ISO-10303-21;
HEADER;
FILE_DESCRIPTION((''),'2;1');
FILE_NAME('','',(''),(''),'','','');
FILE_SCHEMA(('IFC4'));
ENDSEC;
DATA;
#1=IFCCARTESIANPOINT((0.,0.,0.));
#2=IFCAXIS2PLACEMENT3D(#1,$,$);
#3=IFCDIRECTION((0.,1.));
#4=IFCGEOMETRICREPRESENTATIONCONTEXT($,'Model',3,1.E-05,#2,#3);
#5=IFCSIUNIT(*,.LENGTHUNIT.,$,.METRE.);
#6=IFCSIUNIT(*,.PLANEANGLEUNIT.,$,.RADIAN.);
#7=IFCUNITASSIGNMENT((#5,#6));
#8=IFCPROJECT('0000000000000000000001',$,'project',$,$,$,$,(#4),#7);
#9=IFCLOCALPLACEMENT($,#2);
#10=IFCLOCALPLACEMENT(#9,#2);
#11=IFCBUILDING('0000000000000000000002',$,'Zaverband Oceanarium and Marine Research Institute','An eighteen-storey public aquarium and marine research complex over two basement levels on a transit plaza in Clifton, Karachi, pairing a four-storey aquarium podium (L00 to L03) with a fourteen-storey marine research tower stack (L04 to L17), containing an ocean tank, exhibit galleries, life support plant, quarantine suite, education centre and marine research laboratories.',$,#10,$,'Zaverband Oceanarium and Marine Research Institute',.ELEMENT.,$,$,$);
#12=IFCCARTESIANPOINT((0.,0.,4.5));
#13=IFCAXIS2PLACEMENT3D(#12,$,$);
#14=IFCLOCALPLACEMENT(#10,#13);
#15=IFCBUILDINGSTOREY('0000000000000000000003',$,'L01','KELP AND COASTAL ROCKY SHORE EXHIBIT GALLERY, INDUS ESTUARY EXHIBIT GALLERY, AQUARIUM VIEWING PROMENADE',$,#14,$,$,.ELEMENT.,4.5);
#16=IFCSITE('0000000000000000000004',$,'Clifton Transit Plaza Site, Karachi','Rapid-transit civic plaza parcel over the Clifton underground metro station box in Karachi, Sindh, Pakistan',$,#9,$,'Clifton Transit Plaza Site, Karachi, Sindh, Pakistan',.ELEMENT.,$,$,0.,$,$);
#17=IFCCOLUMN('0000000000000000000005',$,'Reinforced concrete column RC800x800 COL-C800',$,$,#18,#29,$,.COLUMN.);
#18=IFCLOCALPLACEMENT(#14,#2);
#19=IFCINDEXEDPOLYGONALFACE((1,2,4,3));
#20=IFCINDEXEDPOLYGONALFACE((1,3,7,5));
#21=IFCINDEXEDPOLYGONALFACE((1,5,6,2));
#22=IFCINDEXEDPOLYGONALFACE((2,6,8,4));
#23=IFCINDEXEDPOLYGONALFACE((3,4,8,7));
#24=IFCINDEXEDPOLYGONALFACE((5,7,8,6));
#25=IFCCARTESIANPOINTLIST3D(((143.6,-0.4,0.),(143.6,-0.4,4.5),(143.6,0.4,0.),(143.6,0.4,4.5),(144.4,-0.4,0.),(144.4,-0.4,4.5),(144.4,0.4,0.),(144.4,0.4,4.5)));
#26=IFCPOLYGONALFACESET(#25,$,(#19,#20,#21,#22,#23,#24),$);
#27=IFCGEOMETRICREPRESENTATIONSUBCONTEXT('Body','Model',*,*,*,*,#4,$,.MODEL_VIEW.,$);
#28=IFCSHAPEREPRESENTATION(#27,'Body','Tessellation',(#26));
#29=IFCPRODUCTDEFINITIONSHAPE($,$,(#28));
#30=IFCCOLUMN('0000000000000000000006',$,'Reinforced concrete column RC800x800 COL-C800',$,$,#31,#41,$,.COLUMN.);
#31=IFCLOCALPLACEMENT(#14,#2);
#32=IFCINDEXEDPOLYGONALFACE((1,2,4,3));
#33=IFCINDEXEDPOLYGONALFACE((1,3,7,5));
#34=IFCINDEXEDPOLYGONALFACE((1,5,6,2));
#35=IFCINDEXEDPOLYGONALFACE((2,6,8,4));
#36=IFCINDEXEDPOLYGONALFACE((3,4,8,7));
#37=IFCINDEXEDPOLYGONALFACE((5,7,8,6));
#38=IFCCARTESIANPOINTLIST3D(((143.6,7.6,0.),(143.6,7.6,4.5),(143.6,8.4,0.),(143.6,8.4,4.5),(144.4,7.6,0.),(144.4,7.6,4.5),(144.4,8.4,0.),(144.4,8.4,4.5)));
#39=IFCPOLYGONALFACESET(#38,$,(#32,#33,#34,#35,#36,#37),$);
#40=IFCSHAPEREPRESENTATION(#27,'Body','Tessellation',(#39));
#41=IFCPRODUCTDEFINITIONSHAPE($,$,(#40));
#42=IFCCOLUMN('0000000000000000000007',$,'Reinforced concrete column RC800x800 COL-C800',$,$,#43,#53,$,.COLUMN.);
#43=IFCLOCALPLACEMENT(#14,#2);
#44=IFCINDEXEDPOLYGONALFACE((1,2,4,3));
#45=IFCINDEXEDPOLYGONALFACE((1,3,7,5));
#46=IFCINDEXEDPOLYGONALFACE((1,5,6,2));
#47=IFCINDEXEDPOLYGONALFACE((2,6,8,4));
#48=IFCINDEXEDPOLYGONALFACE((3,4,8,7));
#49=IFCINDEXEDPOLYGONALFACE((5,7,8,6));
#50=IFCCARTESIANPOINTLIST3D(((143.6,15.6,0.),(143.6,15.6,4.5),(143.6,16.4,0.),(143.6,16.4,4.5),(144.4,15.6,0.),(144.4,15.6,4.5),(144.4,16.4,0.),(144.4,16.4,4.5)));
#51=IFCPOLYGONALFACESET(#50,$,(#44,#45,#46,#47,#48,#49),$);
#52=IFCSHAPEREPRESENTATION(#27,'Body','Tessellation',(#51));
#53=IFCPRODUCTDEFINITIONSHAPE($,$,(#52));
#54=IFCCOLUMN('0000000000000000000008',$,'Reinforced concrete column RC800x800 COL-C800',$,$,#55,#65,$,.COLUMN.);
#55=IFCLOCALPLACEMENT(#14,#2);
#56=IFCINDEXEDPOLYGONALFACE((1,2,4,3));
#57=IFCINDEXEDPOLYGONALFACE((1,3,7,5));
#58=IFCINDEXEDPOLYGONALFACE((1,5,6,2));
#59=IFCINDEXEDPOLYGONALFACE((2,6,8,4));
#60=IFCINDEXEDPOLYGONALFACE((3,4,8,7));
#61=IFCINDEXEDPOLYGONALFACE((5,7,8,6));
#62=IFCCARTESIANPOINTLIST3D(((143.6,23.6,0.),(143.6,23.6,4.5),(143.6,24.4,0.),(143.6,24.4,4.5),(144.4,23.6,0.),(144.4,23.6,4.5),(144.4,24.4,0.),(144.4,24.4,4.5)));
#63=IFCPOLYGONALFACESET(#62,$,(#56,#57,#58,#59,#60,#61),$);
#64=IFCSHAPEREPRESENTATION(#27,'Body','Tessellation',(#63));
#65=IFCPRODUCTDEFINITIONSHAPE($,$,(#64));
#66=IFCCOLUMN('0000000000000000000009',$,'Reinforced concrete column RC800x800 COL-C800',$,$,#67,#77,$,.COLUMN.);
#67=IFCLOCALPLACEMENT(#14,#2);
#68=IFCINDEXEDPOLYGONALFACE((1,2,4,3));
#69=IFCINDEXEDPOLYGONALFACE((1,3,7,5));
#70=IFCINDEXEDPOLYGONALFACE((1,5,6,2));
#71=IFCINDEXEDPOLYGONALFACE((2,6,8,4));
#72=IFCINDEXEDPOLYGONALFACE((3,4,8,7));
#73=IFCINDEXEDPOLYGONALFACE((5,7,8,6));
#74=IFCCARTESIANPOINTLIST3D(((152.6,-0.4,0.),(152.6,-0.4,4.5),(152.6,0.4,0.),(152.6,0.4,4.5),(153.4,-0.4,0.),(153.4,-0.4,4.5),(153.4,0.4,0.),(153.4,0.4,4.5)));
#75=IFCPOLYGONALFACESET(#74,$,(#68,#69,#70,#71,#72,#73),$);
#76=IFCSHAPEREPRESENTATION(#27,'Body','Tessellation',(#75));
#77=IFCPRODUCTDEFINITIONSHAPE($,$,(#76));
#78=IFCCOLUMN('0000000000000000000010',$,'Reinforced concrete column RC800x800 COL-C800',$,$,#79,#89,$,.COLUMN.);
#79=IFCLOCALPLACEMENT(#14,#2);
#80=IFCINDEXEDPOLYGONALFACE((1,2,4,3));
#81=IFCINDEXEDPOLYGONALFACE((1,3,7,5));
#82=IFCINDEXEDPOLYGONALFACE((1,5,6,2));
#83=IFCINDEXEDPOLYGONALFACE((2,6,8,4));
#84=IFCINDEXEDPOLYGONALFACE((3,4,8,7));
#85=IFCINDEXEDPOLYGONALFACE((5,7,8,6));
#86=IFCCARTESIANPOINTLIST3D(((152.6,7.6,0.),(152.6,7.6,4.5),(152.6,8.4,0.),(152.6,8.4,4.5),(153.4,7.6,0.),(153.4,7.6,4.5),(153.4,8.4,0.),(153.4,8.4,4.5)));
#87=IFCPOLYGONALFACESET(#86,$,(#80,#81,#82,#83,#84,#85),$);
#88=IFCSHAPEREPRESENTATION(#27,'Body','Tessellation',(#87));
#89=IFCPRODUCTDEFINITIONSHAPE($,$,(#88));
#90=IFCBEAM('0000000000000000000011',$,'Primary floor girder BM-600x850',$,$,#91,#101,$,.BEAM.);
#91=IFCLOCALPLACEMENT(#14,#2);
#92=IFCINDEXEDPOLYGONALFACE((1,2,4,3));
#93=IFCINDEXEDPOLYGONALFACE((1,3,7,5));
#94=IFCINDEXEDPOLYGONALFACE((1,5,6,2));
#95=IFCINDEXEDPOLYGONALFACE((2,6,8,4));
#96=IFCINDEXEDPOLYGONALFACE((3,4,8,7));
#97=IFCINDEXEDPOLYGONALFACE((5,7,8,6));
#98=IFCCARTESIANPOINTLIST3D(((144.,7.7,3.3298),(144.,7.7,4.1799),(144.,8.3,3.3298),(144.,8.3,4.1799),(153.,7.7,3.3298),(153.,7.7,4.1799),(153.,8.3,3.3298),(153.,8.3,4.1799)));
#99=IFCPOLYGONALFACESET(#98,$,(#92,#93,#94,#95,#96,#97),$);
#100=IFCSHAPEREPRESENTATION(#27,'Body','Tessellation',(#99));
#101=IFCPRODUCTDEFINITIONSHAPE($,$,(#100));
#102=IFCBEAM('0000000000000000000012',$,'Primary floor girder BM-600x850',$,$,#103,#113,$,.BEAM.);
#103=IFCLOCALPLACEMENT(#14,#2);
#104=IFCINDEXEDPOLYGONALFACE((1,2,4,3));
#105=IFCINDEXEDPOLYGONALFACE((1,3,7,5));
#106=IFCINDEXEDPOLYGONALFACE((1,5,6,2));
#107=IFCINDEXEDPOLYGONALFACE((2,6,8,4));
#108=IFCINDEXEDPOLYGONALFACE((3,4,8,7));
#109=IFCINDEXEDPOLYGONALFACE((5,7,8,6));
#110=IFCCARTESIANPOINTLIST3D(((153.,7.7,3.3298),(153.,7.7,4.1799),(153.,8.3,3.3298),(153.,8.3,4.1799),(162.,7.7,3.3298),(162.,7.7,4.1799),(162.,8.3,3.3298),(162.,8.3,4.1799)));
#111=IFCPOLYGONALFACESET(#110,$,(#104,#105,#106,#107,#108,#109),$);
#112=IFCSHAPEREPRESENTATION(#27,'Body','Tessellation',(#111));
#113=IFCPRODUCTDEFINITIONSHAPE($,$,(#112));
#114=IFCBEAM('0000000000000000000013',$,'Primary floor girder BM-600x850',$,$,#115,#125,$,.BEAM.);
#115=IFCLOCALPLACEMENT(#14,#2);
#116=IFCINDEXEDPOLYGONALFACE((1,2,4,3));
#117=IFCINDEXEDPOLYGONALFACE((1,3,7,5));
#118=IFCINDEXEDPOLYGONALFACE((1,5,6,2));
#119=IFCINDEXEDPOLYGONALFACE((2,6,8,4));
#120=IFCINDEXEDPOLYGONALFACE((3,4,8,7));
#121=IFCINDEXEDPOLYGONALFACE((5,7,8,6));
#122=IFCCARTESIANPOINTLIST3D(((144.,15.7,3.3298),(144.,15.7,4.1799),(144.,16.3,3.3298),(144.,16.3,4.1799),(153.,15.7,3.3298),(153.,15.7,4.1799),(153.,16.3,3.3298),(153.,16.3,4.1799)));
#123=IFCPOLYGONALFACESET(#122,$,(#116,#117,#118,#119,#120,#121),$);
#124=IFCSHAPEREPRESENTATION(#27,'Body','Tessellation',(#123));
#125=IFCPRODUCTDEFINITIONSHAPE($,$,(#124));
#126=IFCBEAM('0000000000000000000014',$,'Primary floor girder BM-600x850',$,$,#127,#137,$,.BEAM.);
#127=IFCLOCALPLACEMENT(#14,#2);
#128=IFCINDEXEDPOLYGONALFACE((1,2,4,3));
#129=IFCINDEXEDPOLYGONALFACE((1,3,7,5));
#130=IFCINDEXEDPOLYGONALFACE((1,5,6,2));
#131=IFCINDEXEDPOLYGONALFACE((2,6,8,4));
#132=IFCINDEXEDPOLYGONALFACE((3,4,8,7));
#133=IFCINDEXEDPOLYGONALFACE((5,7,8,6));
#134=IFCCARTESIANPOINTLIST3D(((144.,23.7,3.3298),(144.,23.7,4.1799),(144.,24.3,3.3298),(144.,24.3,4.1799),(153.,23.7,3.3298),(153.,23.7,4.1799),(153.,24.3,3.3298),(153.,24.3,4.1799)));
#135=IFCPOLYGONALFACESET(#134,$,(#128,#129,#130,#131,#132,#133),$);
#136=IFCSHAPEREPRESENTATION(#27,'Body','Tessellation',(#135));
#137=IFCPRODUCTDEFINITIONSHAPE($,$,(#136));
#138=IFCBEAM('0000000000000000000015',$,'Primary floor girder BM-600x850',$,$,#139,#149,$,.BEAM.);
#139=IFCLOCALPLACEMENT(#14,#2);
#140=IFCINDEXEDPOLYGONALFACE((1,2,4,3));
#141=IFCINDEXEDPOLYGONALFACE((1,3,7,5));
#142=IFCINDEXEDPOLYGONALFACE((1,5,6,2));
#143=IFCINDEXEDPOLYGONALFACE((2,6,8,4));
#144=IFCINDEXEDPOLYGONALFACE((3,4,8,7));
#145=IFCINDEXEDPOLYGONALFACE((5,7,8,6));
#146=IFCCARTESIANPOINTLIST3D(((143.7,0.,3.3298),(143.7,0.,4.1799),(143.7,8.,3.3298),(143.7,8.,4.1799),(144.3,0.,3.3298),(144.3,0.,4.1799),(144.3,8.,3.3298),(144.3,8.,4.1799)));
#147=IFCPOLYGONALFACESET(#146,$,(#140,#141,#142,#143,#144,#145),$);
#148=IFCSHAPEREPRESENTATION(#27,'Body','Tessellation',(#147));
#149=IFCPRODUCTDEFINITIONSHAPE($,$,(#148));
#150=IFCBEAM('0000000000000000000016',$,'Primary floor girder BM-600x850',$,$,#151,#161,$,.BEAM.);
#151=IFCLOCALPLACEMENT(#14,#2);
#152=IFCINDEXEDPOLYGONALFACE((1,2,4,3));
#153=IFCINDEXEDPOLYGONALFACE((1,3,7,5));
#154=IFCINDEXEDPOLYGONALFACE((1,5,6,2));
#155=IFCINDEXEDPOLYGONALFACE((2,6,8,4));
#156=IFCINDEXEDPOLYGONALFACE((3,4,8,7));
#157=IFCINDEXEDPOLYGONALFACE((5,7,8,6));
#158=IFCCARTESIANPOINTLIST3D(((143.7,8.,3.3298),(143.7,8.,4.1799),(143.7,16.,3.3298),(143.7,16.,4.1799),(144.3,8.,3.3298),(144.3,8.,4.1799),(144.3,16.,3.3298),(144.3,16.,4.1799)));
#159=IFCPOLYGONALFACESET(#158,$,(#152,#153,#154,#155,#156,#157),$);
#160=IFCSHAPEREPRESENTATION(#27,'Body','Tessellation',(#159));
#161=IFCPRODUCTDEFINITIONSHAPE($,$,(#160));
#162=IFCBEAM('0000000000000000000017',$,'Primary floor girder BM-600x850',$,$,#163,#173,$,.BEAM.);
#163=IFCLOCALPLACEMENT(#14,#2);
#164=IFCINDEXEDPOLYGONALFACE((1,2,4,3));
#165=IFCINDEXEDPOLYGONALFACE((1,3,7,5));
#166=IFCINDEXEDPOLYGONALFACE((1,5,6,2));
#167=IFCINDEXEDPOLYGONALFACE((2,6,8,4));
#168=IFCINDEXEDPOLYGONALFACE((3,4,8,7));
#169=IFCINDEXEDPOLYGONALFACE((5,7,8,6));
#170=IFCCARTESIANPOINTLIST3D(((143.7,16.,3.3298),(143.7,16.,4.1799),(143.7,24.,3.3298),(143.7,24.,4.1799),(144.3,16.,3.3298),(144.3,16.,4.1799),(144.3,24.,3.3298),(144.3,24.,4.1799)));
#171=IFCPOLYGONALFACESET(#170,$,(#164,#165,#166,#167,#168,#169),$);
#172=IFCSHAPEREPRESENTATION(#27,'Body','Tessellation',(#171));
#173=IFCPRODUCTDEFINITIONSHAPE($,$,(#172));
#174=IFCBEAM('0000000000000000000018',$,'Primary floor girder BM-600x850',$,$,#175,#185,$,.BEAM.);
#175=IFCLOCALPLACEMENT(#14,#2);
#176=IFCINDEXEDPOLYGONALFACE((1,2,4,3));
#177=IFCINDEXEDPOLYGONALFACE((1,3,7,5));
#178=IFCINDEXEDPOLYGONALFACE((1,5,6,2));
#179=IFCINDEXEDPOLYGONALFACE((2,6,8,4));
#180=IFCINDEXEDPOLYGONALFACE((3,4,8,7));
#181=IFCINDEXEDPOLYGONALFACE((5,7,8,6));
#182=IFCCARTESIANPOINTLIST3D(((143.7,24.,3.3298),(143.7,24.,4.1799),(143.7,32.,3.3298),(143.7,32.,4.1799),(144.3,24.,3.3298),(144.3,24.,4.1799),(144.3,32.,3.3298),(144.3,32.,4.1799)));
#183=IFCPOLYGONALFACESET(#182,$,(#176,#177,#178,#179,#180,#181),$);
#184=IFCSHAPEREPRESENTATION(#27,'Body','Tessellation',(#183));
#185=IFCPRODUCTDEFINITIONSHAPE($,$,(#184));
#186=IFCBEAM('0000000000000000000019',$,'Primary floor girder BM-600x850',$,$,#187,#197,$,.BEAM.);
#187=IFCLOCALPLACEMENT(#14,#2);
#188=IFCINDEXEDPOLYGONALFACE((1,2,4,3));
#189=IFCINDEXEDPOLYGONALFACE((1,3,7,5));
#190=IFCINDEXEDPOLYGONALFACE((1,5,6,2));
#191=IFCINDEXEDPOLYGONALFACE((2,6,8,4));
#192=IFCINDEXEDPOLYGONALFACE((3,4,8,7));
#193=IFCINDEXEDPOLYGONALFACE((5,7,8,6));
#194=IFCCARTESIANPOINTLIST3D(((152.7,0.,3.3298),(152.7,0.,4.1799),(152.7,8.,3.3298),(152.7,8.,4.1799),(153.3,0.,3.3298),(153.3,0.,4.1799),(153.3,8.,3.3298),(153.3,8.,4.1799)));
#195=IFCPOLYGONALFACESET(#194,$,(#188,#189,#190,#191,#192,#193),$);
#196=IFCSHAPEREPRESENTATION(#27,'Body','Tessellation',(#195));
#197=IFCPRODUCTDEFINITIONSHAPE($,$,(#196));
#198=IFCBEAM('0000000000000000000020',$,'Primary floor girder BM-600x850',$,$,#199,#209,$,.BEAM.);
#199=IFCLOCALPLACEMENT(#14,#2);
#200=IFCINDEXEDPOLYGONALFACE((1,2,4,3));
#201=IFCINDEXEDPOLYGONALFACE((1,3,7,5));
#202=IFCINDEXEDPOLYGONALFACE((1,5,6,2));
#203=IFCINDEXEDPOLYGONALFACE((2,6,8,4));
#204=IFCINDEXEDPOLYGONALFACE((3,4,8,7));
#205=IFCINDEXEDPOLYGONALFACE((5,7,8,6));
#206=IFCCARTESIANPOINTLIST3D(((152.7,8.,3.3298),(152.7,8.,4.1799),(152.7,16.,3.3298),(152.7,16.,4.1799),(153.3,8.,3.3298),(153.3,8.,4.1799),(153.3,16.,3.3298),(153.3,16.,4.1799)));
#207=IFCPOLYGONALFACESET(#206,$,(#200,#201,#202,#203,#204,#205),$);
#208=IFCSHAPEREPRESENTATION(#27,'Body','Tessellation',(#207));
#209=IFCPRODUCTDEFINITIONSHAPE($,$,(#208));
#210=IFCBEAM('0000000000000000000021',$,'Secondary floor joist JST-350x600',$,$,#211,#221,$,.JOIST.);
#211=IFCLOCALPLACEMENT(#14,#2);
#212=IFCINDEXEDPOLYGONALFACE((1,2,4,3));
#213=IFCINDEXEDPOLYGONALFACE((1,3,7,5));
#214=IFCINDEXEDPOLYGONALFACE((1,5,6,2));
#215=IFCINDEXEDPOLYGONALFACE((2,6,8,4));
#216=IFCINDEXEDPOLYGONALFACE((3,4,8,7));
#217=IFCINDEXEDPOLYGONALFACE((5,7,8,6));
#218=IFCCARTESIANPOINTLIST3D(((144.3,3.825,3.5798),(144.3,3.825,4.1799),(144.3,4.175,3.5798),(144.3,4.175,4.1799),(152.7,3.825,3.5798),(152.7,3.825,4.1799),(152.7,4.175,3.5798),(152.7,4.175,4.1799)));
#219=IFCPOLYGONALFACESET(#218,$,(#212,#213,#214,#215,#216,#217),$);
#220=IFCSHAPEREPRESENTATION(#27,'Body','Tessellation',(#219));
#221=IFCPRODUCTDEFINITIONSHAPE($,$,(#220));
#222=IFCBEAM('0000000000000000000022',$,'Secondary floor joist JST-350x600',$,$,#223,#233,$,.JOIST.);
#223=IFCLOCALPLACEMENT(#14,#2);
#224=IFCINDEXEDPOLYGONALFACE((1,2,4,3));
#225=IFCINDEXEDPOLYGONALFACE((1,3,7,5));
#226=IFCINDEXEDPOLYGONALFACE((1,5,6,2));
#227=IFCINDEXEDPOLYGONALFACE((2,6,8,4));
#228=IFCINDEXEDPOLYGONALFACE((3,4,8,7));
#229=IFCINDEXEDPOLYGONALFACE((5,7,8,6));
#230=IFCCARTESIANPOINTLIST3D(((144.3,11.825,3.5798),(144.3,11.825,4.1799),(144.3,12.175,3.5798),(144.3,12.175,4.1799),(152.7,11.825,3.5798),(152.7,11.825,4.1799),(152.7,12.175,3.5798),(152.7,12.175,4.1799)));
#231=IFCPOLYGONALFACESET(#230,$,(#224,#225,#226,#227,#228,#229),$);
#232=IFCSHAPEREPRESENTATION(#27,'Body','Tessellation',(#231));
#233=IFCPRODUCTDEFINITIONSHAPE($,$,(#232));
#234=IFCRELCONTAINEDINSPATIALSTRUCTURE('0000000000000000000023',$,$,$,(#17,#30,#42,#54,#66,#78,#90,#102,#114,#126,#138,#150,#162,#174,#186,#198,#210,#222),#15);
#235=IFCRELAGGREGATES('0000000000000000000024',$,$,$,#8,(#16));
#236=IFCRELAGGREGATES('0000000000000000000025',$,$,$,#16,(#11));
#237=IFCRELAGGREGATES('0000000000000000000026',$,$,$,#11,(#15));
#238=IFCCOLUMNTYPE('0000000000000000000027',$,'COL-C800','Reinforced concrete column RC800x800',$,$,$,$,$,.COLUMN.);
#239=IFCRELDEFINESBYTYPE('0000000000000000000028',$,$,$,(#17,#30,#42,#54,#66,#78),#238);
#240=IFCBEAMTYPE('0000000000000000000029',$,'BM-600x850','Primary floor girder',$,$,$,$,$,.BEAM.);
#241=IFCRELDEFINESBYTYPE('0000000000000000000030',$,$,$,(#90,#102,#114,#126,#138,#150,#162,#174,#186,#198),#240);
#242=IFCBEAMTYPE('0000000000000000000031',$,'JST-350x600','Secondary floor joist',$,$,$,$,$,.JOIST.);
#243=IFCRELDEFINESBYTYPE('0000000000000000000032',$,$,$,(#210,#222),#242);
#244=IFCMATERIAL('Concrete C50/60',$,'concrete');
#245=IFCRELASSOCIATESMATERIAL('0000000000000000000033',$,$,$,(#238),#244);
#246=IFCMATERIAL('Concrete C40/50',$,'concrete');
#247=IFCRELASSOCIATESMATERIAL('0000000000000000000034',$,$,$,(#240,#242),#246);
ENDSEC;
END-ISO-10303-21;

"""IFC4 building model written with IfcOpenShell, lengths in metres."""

from ifc_helpers import new_model, si_unit, direction, frame, origin, origin_2d, place, context, subcontext, project, spatial, rectangle, extrude, material, material_profile, profile_set, type_object, element, save


model = new_model("IFC4")

# Units and contexts
model_context = context("Model", 3, precision=1e-05, world=origin(), true_north=direction((0.0, 1.0)))
body_context = subcontext(model_context, "Body", "Model", "MODEL_VIEW")
ifc_project = project(units=[si_unit("LENGTHUNIT", "METRE"), si_unit("PLANEANGLEUNIT", "RADIAN")], contexts=[model_context])

# Site, building, storey
site_placement = place(None, origin())
site = spatial("IfcSite", under=ifc_project, at=site_placement, Name="Clifton Transit Plaza Site, Karachi", Description="Rapid-transit civic plaza parcel over the Clifton underground metro station box in Karachi, Sindh, Pakistan", LongName="Clifton Transit Plaza Site, Karachi, Sindh, Pakistan", CompositionType="ELEMENT", RefElevation=0.0)
building_placement = place(site_placement, origin())
building = spatial("IfcBuilding", under=site, at=building_placement, Name="Zaverband Oceanarium and Marine Research Institute", Description="An eighteen-storey public aquarium and marine research complex over two basement levels on a transit plaza in Clifton, Karachi, pairing a four-storey aquarium podium (L00 to L03) with a fourteen-storey marine research tower stack (L04 to L17), containing an ocean tank, exhibit galleries, life support plant, quarantine suite, education centre and marine research laboratories.", LongName="Zaverband Oceanarium and Marine Research Institute", CompositionType="ELEMENT")
storey_placement = place(building_placement, frame((0.0, 0.0, 4.5)))
storey = spatial("IfcBuildingStorey", under=building, at=storey_placement, Name="L01", Description="KELP AND COASTAL ROCKY SHORE EXHIBIT GALLERY, INDUS ESTUARY EXHIBIT GALLERY, AQUARIUM VIEWING PROMENADE", CompositionType="ELEMENT", Elevation=4.5)

# Columns
ifc_material_1 = material(Name="Concrete C50/60", Category="concrete")
ifc_material_profile_1 = material_profile(ifc_material_1, rectangle(XDim=0.8, YDim=0.8, at=origin_2d()), Name="RC800x800")
ifc_profile_set_1 = profile_set([ifc_material_profile_1], Name="Concrete C50/60")
column_type = type_object("IfcColumnType", Name="COL-C800", Description="Reinforced concrete column RC800x800", PredefinedType="COLUMN", material=ifc_profile_set_1)
for number, where, z_axis, x_axis, name in (
    (1, (144.0, 0.0, 0.0), (0.0, 0.0, 1.0), (1.0, 0.0, 0.0), "Reinforced concrete column RC800x800 COL-C800"),
    (2, (144.0, 8.0, 0.0), (0.0, 0.0, 1.0), (1.0, 0.0, 0.0), "Reinforced concrete column RC800x800 COL-C800"),
    (3, (144.0, 16.0, 0.0), (0.0, 0.0, 1.0), (1.0, 0.0, 0.0), "Reinforced concrete column RC800x800 COL-C800"),
    (4, (144.0, 24.0, 0.0), (0.0, 0.0, 1.0), (1.0, 0.0, 0.0), "Reinforced concrete column RC800x800 COL-C800"),
    (5, (153.0, 0.0, 0.0), (0.0, 0.0, 1.0), (1.0, 0.0, 0.0), "Reinforced concrete column RC800x800 COL-C800"),
    (6, (153.0, 8.0, 0.0), (0.0, 0.0, 1.0), (1.0, 0.0, 0.0), "Reinforced concrete column RC800x800 COL-C800"),
):
    element("IfcColumn", number, at=place(storey_placement, frame(where, z_axis=z_axis, x_axis=x_axis)), inside=storey, type_object=column_type, Name=name, PredefinedType="COLUMN", context=body_context, shape_type="SweptSolid", body=[
        extrude(rectangle(XDim=0.8, YDim=0.8, at=origin_2d()), origin(), (0.0, 0.0, 1.0), 4.5),
    ])

# Beams
ifc_material_2 = material(Name="Concrete C40/50", Category="concrete")
ifc_material_profile_2 = material_profile(ifc_material_2, rectangle(XDim=0.6001, YDim=0.8501, at=origin_2d()), Name="RC600x850")
ifc_profile_set_2 = profile_set([ifc_material_profile_2], Name="Concrete C40/50")
beam_type_1 = type_object("IfcBeamType", Name="BM-600x850", Description="Primary floor girder", PredefinedType="BEAM", material=ifc_profile_set_2)
for number, where, z_axis, x_axis, name in (
    (7, (144.0, 8.0, 3.7549), (1.0, 0.0, 0.0), (0.0, 1.0, 0.0), "Primary floor girder BM-600x850"),
    (8, (153.0, 8.0, 3.7549), (1.0, 0.0, 0.0), (0.0, 1.0, 0.0), "Primary floor girder BM-600x850"),
    (9, (144.0, 16.0, 3.7549), (1.0, 0.0, 0.0), (0.0, 1.0, 0.0), "Primary floor girder BM-600x850"),
    (10, (144.0, 24.0, 3.7549), (1.0, 0.0, 0.0), (0.0, 1.0, 0.0), "Primary floor girder BM-600x850"),
):
    element("IfcBeam", number, at=place(storey_placement, frame(where, z_axis=z_axis, x_axis=x_axis)), inside=storey, type_object=beam_type_1, Name=name, PredefinedType="BEAM", context=body_context, shape_type="SweptSolid", body=[
        extrude(rectangle(XDim=0.6001, YDim=0.8501, at=origin_2d()), origin(), (0.0, 0.0, 1.0), 9.0),
    ])
for number, where, z_axis, x_axis, name in (
    (11, (144.0, 0.0, 3.7549), (0.0, 1.0, 0.0), (-1.0, 0.0, 0.0), "Primary floor girder BM-600x850"),
    (12, (144.0, 8.0, 3.7549), (0.0, 1.0, 0.0), (-1.0, 0.0, 0.0), "Primary floor girder BM-600x850"),
    (13, (144.0, 16.0, 3.7549), (0.0, 1.0, 0.0), (-1.0, 0.0, 0.0), "Primary floor girder BM-600x850"),
    (14, (144.0, 24.0, 3.7549), (0.0, 1.0, 0.0), (-1.0, 0.0, 0.0), "Primary floor girder BM-600x850"),
    (15, (153.0, 0.0, 3.7549), (0.0, 1.0, 0.0), (-1.0, 0.0, 0.0), "Primary floor girder BM-600x850"),
    (16, (153.0, 8.0, 3.7549), (0.0, 1.0, 0.0), (-1.0, 0.0, 0.0), "Primary floor girder BM-600x850"),
):
    element("IfcBeam", number, at=place(storey_placement, frame(where, z_axis=z_axis, x_axis=x_axis)), inside=storey, type_object=beam_type_1, Name=name, PredefinedType="BEAM", context=body_context, shape_type="SweptSolid", body=[
        extrude(rectangle(XDim=0.6001, YDim=0.8501, at=origin_2d()), origin(), (0.0, 0.0, 1.0), 8.0),
    ])
ifc_material_profile_3 = material_profile(ifc_material_2, rectangle(XDim=0.3501, YDim=0.6001, at=origin_2d()), Name="RC350x600")
ifc_profile_set_3 = profile_set([ifc_material_profile_3], Name="Concrete C40/50")
beam_type_2 = type_object("IfcBeamType", Name="JST-350x600", Description="Secondary floor joist", PredefinedType="JOIST", material=ifc_profile_set_3)
for number, where, z_axis, x_axis, name in (
    (17, (144.3, 4.0, 3.8799), (1.0, 0.0, 0.0), (0.0, 1.0, 0.0), "Secondary floor joist JST-350x600"),
    (18, (144.3, 12.0, 3.8799), (1.0, 0.0, 0.0), (0.0, 1.0, 0.0), "Secondary floor joist JST-350x600"),
):
    element("IfcBeam", number, at=place(storey_placement, frame(where, z_axis=z_axis, x_axis=x_axis)), inside=storey, type_object=beam_type_2, Name=name, PredefinedType="JOIST", context=body_context, shape_type="SweptSolid", body=[
        extrude(rectangle(XDim=0.3501, YDim=0.6001, at=origin_2d()), origin(), (0.0, 0.0, 1.0), 8.3999),
    ])

save(model, "model.ifc")
